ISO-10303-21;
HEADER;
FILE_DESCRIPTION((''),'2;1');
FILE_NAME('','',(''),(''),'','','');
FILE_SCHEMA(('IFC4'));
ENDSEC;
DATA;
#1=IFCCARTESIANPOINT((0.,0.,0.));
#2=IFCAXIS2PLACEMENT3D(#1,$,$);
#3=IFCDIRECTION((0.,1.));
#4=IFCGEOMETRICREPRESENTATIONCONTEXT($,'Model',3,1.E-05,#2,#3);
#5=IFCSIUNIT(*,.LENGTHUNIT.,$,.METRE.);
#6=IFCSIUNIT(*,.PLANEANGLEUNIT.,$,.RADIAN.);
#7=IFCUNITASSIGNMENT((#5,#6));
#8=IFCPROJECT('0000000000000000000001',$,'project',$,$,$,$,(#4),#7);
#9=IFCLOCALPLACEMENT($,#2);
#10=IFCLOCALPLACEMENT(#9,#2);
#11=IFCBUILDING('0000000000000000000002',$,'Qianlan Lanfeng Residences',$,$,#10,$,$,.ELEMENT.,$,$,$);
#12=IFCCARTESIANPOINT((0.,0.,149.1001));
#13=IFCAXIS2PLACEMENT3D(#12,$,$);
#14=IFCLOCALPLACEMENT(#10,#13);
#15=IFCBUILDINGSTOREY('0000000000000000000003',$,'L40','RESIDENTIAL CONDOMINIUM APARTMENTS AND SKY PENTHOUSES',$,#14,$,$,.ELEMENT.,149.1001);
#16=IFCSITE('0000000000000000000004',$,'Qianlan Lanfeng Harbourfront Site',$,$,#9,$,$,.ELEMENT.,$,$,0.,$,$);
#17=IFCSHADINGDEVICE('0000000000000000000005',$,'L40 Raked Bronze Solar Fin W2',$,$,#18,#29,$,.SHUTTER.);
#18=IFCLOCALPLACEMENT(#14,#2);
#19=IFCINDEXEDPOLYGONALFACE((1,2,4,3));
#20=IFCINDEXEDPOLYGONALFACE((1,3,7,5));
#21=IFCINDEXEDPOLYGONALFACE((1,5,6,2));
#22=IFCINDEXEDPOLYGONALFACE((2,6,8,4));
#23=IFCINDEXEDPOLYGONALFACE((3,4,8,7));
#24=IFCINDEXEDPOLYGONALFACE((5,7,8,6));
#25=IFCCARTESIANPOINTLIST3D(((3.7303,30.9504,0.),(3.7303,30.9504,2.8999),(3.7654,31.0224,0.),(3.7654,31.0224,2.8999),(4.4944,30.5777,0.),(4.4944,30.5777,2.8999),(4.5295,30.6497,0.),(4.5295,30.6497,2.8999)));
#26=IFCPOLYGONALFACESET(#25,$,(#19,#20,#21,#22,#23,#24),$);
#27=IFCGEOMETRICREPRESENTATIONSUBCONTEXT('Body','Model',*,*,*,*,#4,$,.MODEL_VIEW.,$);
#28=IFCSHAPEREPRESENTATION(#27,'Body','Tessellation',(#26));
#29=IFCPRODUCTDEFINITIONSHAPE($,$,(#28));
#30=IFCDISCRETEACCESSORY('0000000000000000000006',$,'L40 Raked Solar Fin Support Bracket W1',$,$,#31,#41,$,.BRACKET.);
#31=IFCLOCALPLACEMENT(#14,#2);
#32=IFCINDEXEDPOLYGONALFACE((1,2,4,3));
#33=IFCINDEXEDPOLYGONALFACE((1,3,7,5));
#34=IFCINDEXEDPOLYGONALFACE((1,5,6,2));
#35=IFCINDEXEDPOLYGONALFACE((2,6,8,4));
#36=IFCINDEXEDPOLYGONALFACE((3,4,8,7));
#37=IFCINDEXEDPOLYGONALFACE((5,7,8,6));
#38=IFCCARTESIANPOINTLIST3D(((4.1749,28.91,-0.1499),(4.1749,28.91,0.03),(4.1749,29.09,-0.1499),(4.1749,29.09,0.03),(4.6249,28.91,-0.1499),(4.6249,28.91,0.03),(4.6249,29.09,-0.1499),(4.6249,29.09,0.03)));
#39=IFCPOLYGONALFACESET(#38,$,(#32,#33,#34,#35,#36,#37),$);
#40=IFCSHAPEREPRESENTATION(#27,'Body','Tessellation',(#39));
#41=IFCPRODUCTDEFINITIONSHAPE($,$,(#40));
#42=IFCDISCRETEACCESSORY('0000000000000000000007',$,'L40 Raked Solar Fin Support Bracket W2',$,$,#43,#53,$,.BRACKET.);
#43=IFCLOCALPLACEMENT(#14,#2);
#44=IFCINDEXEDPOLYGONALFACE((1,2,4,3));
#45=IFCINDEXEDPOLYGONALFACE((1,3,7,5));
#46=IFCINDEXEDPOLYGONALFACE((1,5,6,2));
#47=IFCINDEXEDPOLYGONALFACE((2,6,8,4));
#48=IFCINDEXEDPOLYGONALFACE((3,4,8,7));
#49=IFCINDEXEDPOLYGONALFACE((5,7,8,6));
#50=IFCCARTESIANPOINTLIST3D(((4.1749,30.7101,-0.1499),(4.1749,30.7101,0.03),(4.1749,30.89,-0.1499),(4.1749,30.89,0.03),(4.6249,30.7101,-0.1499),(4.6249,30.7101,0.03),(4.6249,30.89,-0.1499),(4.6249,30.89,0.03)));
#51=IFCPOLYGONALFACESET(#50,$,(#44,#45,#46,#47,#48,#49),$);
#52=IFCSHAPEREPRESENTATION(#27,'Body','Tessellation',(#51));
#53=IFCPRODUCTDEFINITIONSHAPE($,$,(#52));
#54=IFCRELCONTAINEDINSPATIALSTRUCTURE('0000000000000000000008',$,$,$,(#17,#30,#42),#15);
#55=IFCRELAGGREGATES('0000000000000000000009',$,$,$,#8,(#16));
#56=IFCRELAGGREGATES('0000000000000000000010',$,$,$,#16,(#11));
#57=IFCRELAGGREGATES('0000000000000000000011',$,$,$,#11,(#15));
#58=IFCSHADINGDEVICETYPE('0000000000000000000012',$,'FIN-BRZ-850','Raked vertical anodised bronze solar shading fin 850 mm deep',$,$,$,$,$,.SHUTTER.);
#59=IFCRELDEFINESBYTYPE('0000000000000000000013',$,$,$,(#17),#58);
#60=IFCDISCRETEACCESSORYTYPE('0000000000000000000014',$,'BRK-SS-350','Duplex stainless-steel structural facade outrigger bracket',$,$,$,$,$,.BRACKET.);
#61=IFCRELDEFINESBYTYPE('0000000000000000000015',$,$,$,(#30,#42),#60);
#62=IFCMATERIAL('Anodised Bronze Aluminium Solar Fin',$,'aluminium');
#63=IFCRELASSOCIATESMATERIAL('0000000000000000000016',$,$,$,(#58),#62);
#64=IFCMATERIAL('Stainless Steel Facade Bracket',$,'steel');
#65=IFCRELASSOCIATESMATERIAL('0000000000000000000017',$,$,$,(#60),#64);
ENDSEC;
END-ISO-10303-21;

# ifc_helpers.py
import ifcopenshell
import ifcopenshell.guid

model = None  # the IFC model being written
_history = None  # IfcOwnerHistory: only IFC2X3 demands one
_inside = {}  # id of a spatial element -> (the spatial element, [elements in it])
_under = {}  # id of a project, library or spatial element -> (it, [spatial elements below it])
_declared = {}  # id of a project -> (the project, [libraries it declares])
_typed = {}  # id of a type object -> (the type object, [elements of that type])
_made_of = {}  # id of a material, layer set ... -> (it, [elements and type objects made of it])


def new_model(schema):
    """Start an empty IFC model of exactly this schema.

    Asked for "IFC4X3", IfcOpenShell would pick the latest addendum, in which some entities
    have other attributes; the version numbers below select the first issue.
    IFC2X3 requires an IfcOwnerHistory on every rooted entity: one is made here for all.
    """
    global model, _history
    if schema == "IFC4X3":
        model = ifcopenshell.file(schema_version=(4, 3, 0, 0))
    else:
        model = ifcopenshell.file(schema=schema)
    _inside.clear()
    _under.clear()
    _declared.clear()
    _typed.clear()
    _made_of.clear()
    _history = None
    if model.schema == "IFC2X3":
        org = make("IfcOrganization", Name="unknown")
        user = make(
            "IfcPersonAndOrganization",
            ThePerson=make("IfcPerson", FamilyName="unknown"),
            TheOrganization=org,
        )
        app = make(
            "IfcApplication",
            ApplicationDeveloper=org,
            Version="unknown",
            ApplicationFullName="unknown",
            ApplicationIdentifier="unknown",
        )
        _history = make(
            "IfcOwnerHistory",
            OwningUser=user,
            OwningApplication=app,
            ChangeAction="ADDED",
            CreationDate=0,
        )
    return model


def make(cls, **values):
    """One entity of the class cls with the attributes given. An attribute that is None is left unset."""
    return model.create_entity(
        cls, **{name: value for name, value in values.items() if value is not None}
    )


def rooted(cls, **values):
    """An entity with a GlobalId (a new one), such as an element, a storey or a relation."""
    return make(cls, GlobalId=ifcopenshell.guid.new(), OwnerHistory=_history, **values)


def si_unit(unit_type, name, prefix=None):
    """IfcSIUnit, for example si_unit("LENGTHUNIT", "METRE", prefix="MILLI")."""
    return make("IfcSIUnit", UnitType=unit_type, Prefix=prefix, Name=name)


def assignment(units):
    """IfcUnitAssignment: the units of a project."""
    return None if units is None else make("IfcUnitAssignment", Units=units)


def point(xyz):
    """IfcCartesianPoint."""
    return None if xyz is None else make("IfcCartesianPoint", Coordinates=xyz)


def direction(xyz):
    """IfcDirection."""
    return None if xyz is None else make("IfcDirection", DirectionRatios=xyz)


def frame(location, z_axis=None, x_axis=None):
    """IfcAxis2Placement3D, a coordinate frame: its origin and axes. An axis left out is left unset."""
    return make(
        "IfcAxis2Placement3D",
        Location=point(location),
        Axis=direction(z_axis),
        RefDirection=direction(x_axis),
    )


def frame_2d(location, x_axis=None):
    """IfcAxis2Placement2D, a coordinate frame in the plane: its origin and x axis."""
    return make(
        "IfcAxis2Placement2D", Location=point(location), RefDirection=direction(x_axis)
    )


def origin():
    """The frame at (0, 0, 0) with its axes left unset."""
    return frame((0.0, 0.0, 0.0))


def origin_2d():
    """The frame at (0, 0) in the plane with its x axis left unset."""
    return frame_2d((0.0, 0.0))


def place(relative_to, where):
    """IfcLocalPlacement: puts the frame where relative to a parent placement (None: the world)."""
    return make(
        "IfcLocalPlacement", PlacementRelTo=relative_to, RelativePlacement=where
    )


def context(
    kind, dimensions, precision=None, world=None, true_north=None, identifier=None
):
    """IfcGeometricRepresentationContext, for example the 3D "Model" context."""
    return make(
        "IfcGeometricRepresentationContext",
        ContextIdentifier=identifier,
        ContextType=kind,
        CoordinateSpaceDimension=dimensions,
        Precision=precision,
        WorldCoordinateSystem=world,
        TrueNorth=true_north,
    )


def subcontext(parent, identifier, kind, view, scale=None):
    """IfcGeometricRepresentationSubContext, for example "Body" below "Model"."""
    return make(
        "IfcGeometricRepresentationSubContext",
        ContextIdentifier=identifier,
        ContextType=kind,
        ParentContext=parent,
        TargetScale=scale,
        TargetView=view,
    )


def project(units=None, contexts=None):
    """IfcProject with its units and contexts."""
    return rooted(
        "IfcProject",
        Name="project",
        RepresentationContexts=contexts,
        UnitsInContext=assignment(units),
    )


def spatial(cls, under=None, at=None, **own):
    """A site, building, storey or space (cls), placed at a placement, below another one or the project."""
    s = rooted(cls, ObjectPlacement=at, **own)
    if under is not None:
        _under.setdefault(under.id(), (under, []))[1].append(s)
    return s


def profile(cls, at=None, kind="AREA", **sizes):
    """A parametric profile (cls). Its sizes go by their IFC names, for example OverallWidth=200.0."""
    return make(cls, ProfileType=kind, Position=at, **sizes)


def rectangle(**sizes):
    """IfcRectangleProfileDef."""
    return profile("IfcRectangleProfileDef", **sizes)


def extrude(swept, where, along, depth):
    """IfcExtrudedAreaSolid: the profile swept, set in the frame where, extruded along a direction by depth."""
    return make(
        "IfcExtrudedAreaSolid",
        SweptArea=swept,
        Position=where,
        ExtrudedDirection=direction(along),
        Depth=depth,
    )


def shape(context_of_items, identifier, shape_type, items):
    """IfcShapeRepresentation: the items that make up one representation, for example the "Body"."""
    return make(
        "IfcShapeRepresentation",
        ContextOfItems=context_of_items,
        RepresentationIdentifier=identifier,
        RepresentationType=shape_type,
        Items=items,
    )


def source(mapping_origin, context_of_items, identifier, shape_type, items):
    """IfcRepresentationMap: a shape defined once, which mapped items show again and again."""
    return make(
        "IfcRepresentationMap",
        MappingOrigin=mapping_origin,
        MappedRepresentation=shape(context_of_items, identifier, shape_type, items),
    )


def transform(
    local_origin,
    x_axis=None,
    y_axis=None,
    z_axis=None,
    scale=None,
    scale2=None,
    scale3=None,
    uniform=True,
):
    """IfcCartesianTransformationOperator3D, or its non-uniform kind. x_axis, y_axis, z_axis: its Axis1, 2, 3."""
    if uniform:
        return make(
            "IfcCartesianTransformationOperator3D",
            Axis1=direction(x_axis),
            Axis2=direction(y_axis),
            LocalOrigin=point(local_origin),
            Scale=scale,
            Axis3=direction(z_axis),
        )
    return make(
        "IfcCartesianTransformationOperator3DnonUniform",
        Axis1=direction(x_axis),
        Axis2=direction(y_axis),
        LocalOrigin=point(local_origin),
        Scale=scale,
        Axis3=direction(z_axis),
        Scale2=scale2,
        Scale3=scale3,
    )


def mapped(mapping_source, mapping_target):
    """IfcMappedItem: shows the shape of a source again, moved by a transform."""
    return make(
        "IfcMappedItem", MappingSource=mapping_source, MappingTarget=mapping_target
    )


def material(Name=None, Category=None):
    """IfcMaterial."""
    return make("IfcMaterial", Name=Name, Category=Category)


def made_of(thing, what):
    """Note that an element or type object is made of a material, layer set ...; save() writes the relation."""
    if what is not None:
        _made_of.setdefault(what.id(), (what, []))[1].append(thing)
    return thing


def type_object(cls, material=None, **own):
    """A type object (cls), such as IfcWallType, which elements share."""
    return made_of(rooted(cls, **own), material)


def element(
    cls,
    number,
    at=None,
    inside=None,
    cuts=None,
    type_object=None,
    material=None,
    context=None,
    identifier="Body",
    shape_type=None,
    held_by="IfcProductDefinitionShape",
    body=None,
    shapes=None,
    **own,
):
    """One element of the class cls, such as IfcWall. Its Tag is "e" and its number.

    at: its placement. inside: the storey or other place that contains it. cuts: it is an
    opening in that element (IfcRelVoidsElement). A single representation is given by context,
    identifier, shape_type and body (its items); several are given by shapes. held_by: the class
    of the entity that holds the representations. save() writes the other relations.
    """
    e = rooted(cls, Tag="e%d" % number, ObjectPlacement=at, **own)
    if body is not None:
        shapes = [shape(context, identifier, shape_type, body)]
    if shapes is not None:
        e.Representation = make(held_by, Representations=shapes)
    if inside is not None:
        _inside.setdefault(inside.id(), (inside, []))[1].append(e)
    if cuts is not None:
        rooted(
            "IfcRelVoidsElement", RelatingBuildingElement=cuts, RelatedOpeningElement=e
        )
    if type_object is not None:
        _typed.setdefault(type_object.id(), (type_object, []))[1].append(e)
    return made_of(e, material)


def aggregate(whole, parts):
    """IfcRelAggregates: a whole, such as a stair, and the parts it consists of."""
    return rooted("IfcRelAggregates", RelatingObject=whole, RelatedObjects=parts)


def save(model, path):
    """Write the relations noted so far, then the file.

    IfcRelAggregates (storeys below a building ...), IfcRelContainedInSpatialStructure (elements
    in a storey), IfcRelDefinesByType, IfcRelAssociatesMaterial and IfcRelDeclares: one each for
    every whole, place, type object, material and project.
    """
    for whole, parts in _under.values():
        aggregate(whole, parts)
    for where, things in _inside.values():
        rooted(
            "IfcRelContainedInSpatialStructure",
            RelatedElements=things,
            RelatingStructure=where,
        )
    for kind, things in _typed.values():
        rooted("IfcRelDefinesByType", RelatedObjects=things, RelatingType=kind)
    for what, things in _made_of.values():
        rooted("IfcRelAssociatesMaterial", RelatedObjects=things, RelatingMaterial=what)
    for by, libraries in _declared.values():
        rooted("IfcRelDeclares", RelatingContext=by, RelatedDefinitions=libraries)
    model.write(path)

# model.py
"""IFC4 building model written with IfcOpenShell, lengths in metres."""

from ifc_helpers import new_model, si_unit, direction, frame, origin, origin_2d, place, context, subcontext, project, spatial, rectangle, extrude, source, transform, mapped, material, type_object, element, save


model = new_model("IFC4")

# Units and contexts
model_context = context("Model", 3, precision=1e-05, world=origin(), true_north=direction((0.0, 1.0)))
body_context = subcontext(model_context, "Body", "Model", "MODEL_VIEW")
ifc_project = project(units=[si_unit("LENGTHUNIT", "METRE"), si_unit("PLANEANGLEUNIT", "RADIAN")], contexts=[model_context])

# Site, building, storey
site_placement = place(None, origin())
site = spatial("IfcSite", under=ifc_project, at=site_placement, Name="Qianlan Lanfeng Harbourfront Site", CompositionType="ELEMENT", RefElevation=0.0)
building_placement = place(site_placement, origin())
building = spatial("IfcBuilding", under=site, at=building_placement, Name="Qianlan Lanfeng Residences", CompositionType="ELEMENT")
storey_placement = place(building_placement, frame((0.0, 0.0, 149.1001)))
storey = spatial("IfcBuildingStorey", under=building, at=storey_placement, Name="L40", Description="RESIDENTIAL CONDOMINIUM APARTMENTS AND SKY PENTHOUSES", CompositionType="ELEMENT", Elevation=149.1001)

# Shading device
ifc_material_1 = material(Name="Anodised Bronze Aluminium Solar Fin", Category="aluminium")
shading_device_type = type_object("IfcShadingDeviceType", Name="FIN-BRZ-850", Description="Raked vertical anodised bronze solar shading fin 850 mm deep", PredefinedType="SHUTTER", material=ifc_material_1)
shared_shape_1 = source(origin(), body_context, "Body", "SweptSolid", [
    extrude(rectangle(XDim=0.8501, YDim=0.0801, at=origin_2d()), origin(), (0.0, 0.0, 1.0), 2.8999),
])
for number, where, z_axis, x_axis, name in (
    (1, (4.1299, 30.8, 0.0), (0.0, 0.0, 1.0), (0.898794, -0.438371, 0.0), "L40 Raked Bronze Solar Fin W2"),
):
    element("IfcShadingDevice", number, at=place(storey_placement, frame(where, z_axis=z_axis, x_axis=x_axis)), inside=storey, type_object=shading_device_type, Name=name, PredefinedType="SHUTTER", context=body_context, shape_type="MappedRepresentation", body=[
        mapped(shared_shape_1, transform((0.0, 0.0, 0.0), scale=1.0)),
    ])

# Discrete accessories
ifc_material_2 = material(Name="Stainless Steel Facade Bracket", Category="steel")
discrete_accessory_type = type_object("IfcDiscreteAccessoryType", Name="BRK-SS-350", Description="Duplex stainless-steel structural facade outrigger bracket", PredefinedType="BRACKET", material=ifc_material_2)
shared_shape_2 = source(origin(), body_context, "Body", "SweptSolid", [
    extrude(rectangle(XDim=0.45, YDim=0.1799, at=origin_2d()), origin(), (0.0, 0.0, 1.0), 0.1799),
])
for number, where, z_axis, x_axis, name in (
    (2, (4.3999, 29.0, -0.1499), (0.0, 0.0, 1.0), (1.0, 0.0, 0.0), "L40 Raked Solar Fin Support Bracket W1"),
    (3, (4.3999, 30.8, -0.1499), (0.0, 0.0, 1.0), (1.0, 0.0, 0.0), "L40 Raked Solar Fin Support Bracket W2"),
):
    element("IfcDiscreteAccessory", number, at=place(storey_placement, frame(where, z_axis=z_axis, x_axis=x_axis)), inside=storey, type_object=discrete_accessory_type, Name=name, PredefinedType="BRACKET", context=body_context, shape_type="MappedRepresentation", body=[
        mapped(shared_shape_2, transform((0.0, 0.0, 0.0), scale=1.0)),
    ])

save(model, "model.ifc")
